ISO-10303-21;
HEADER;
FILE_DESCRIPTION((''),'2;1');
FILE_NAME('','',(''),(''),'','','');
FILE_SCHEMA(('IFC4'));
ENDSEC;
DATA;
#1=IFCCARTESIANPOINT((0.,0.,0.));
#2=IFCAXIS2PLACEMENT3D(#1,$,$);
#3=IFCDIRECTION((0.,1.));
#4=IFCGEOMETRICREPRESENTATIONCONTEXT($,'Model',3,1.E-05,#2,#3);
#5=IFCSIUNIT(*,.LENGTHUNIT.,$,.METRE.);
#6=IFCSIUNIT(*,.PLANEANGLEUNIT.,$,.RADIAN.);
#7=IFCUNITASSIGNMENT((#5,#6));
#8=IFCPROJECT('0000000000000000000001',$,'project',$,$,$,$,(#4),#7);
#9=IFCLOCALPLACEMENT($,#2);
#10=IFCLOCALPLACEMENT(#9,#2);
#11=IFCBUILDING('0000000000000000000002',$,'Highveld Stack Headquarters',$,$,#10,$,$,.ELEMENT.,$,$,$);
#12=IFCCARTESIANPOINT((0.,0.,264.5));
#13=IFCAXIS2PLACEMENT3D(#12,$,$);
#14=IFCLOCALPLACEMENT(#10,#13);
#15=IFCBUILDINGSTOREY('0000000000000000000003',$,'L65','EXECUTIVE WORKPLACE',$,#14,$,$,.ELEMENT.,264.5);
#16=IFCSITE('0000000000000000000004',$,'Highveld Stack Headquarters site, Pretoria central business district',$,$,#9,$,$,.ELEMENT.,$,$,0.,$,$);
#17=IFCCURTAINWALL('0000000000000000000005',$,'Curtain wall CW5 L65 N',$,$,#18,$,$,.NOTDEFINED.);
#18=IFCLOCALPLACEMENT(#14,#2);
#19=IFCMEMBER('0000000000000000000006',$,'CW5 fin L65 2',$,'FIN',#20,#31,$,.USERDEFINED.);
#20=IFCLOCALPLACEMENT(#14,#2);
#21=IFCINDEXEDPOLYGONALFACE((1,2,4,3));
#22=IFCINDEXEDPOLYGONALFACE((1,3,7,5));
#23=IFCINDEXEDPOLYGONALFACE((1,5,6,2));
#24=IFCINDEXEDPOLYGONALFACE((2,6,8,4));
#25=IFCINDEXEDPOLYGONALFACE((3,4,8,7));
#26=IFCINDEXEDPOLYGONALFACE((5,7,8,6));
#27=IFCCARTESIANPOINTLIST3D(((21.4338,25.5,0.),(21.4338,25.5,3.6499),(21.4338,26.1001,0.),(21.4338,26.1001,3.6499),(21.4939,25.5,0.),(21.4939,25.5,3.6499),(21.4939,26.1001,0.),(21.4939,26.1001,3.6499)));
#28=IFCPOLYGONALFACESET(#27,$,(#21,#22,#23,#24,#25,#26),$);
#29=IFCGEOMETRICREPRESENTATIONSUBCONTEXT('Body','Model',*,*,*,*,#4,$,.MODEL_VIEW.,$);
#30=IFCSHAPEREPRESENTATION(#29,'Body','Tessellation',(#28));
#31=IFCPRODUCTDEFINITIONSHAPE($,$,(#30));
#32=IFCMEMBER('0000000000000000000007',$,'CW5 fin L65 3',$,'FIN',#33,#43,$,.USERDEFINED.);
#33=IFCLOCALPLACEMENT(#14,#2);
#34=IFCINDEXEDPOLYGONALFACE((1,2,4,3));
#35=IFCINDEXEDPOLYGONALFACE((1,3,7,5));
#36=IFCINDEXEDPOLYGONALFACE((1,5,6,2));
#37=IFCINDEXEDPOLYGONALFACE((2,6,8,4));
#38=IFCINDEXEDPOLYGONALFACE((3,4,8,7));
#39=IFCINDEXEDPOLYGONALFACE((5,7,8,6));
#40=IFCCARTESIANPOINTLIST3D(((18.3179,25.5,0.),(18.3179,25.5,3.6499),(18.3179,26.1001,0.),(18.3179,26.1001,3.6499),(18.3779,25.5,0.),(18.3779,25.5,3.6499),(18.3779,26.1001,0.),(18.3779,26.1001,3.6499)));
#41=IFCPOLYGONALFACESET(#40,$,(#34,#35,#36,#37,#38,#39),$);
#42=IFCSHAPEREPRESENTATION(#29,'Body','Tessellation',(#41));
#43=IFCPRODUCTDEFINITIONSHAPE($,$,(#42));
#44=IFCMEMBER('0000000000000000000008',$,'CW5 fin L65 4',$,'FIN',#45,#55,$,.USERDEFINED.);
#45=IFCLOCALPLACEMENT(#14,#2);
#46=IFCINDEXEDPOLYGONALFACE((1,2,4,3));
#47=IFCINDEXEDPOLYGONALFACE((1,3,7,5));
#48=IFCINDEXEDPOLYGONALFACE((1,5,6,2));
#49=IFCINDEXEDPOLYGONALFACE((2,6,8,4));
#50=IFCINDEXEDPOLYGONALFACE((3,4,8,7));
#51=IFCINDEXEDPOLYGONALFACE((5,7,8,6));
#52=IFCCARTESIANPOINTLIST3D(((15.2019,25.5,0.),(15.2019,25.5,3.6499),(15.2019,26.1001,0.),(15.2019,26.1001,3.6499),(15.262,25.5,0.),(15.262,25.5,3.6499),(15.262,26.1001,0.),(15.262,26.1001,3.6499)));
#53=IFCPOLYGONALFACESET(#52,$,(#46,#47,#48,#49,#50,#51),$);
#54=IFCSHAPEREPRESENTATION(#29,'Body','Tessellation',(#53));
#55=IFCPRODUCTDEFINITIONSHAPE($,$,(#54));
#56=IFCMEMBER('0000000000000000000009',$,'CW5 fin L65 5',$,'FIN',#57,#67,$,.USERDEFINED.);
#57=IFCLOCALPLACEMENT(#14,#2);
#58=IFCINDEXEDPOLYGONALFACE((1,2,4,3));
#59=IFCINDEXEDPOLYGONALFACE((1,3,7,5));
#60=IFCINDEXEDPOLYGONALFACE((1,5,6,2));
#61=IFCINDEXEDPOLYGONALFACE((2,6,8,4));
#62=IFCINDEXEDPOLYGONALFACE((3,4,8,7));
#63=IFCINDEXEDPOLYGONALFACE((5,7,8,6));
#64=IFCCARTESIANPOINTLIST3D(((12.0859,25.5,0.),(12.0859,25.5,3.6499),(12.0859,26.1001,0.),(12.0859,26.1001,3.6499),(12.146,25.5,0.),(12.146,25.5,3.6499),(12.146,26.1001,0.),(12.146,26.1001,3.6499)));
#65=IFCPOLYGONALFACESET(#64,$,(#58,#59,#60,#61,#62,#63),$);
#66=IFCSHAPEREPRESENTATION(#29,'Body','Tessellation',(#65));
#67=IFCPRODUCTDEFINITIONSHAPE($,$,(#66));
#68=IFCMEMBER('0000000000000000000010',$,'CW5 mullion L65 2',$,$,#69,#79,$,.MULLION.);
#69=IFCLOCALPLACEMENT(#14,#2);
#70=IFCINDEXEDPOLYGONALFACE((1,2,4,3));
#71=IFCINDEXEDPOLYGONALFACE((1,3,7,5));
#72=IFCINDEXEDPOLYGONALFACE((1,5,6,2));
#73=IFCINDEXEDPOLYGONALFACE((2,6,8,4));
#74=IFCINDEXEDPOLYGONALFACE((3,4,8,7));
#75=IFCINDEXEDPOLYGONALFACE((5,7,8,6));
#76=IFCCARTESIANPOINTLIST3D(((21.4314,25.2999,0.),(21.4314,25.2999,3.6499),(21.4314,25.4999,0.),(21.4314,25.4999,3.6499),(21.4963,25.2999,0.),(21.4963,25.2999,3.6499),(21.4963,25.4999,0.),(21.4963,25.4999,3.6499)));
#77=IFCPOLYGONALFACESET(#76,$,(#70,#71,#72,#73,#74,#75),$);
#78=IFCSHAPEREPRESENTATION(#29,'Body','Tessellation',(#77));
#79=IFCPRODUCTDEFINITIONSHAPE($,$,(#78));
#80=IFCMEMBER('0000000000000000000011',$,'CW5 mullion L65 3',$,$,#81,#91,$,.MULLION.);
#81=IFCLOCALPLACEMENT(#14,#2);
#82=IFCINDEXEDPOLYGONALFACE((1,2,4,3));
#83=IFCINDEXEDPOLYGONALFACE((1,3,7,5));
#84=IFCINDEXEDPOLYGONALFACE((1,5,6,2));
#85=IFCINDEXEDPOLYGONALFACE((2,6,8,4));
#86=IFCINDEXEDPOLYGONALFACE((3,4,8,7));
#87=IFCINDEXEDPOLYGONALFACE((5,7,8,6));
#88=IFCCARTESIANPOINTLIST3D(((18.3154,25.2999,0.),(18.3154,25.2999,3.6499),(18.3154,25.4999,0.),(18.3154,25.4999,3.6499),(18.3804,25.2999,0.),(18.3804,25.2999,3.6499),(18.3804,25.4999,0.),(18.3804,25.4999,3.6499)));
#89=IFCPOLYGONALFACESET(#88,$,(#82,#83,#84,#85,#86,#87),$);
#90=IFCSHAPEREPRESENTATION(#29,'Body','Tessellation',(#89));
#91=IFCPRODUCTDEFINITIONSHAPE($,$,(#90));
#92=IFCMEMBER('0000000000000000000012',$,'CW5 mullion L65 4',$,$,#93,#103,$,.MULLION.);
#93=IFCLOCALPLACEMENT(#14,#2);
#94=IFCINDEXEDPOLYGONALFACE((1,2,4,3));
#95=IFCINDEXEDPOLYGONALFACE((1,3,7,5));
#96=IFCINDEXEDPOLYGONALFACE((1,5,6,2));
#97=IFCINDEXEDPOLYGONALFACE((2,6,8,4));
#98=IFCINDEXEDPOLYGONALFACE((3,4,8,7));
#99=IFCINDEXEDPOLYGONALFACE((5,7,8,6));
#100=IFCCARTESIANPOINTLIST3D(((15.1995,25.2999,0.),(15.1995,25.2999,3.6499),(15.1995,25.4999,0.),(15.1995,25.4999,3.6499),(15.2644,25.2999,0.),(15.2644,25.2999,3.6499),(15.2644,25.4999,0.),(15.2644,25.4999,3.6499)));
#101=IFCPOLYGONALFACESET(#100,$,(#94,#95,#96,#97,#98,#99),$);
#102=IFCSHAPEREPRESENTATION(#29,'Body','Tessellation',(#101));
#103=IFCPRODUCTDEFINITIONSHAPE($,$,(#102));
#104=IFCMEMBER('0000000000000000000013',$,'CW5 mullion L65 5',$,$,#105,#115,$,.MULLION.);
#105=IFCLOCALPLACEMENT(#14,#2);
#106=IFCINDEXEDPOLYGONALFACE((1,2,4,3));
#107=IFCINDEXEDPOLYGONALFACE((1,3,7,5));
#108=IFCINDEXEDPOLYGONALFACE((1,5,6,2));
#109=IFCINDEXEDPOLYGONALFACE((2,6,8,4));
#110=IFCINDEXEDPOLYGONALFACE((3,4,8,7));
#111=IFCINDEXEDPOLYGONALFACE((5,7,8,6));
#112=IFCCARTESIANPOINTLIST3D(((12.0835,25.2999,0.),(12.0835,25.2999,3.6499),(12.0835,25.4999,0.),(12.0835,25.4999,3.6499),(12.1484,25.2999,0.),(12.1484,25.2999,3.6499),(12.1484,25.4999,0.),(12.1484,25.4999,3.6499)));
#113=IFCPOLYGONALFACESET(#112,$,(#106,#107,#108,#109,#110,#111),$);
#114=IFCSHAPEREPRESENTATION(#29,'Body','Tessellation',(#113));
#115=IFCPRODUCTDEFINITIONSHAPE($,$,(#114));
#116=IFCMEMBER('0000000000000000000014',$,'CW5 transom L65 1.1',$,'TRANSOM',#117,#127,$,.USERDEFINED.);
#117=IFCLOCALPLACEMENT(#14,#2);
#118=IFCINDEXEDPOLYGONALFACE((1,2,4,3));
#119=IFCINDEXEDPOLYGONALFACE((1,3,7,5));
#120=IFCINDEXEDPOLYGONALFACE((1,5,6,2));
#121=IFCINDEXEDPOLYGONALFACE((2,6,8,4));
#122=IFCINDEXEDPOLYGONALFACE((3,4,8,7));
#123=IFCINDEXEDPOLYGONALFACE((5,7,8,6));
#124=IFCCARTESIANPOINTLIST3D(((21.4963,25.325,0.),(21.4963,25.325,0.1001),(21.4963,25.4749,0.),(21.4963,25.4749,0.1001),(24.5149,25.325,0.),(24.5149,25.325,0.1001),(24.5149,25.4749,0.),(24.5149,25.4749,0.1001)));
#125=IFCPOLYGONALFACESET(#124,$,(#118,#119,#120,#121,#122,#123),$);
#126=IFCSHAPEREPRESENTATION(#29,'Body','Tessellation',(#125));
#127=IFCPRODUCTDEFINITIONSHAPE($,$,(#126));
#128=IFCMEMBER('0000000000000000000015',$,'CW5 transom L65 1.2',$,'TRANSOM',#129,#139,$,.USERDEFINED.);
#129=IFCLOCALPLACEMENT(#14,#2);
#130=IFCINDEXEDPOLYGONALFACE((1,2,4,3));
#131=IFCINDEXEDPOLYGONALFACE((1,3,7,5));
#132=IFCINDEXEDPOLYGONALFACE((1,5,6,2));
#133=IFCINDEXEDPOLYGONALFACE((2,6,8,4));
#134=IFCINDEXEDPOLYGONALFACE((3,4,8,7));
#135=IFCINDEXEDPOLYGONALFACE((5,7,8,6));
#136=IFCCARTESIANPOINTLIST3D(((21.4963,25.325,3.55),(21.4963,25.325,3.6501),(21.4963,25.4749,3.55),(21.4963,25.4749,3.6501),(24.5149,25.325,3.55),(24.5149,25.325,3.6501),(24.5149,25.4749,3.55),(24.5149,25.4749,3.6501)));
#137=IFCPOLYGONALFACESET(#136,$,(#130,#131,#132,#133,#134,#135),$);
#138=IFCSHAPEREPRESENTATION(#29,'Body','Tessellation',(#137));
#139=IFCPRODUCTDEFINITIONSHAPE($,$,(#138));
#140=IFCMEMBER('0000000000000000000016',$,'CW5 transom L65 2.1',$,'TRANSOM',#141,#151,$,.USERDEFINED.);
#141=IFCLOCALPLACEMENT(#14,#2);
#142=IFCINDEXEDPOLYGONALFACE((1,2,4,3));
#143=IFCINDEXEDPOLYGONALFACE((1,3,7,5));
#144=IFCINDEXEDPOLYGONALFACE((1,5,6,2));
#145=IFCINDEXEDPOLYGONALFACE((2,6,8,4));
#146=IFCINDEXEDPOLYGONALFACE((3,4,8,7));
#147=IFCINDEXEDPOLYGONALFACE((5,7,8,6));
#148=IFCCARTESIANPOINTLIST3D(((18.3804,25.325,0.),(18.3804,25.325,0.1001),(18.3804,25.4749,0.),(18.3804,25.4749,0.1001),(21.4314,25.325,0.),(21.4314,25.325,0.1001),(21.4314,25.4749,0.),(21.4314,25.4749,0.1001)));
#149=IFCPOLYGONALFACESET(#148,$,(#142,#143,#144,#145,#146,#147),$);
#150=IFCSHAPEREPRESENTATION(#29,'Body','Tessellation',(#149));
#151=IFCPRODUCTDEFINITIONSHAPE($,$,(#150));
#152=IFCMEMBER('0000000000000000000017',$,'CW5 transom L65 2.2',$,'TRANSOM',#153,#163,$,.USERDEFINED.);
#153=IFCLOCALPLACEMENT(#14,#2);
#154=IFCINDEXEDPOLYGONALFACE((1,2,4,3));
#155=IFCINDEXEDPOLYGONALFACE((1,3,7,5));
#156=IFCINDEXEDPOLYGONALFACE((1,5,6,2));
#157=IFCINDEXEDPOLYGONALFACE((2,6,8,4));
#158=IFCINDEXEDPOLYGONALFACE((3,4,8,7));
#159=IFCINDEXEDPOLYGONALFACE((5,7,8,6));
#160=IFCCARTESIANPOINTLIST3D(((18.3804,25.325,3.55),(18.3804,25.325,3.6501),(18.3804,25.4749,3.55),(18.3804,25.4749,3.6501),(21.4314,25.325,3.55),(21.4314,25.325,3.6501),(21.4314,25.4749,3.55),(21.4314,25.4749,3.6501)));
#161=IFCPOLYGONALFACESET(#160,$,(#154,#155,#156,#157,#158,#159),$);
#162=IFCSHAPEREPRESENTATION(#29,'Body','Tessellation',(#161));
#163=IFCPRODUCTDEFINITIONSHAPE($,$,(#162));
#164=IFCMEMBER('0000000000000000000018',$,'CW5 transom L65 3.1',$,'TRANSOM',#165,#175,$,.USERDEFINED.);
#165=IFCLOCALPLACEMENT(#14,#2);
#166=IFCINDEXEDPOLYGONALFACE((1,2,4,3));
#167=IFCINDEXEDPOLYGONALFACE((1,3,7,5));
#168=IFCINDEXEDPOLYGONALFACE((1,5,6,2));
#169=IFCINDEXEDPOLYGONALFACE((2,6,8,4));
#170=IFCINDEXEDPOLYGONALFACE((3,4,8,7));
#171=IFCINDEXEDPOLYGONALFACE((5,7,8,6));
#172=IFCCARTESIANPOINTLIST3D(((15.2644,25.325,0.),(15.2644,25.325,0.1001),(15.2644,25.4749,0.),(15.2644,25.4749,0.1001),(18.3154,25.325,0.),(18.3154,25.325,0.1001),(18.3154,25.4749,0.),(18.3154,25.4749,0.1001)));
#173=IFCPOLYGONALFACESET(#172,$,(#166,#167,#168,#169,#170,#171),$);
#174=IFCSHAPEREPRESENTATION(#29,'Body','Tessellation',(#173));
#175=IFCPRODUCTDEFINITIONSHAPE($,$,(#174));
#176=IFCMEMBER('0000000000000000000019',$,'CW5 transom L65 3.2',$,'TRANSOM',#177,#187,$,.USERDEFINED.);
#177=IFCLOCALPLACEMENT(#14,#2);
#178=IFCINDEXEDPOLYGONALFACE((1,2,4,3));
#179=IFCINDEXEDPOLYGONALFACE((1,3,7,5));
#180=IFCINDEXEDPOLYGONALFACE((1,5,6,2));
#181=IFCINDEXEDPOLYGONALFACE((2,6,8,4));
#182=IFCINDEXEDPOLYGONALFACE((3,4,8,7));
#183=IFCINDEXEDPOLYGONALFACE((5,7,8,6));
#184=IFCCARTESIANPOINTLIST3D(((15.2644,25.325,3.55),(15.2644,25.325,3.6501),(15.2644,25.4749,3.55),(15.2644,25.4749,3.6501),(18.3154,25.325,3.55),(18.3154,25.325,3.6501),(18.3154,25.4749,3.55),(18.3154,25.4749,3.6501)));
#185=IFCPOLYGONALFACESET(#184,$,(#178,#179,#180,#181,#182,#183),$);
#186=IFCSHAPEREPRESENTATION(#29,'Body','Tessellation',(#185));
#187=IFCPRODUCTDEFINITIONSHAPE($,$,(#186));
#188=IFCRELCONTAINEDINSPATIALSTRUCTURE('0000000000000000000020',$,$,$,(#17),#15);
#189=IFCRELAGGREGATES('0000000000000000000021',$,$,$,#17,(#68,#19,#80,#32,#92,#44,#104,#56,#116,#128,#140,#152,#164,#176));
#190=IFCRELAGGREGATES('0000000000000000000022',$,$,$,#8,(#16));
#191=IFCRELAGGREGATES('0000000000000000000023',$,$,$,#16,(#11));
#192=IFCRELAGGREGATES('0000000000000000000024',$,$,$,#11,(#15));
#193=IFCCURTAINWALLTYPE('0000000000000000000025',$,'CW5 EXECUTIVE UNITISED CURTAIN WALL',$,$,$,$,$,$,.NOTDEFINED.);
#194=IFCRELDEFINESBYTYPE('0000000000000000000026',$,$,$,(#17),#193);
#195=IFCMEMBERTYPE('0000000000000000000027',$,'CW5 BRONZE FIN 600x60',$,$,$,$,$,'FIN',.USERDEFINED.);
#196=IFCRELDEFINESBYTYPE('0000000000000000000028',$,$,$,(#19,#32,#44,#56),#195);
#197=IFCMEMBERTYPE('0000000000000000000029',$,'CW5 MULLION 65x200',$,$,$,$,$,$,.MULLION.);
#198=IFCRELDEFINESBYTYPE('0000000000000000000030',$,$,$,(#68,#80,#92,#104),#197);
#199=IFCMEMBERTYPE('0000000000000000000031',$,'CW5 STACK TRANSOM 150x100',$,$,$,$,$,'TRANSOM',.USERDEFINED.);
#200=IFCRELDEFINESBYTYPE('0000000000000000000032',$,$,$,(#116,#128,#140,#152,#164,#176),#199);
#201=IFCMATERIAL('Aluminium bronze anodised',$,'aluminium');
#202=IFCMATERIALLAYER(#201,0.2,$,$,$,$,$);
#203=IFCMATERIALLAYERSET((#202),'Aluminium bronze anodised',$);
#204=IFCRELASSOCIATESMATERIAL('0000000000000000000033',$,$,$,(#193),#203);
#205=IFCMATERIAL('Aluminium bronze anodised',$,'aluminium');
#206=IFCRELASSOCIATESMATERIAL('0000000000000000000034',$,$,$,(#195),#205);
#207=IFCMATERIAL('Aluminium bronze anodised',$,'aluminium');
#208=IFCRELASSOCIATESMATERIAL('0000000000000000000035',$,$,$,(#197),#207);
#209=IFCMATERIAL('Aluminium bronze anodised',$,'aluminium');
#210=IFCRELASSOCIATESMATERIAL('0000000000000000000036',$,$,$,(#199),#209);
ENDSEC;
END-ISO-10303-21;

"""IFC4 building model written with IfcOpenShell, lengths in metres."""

from ifc_helpers import new_model, si_unit, direction, frame, origin, origin_2d, place, context, subcontext, project, spatial, rectangle, extrude, material, layer, layer_set, material_profile, profile_set, type_object, element, aggregate, save


model = new_model("IFC4")

# Units and contexts
model_context = context("Model", 3, precision=1e-05, world=origin(), true_north=direction((0.0, 1.0)))
body_context = subcontext(model_context, "Body", "Model", "MODEL_VIEW")
ifc_project = project(units=[si_unit("LENGTHUNIT", "METRE"), si_unit("PLANEANGLEUNIT", "RADIAN")], contexts=[model_context])

# Site, building, storey
site_placement = place(None, origin())
site = spatial("IfcSite", under=ifc_project, at=site_placement, Name="Highveld Stack Headquarters site, Pretoria central business district", CompositionType="ELEMENT", RefElevation=0.0)
building_placement = place(site_placement, origin())
building = spatial("IfcBuilding", under=site, at=building_placement, Name="Highveld Stack Headquarters", CompositionType="ELEMENT")
storey_placement = place(building_placement, frame((0.0, 0.0, 264.5)))
storey = spatial("IfcBuildingStorey", under=building, at=storey_placement, Name="L65", Description="EXECUTIVE WORKPLACE", CompositionType="ELEMENT", Elevation=264.5)

# Curtain wall, members
ifc_material_1 = material(Name="Aluminium bronze anodised", Category="aluminium")
ifc_layer_1 = layer(ifc_material_1, 0.2)
ifc_layer_set_1 = layer_set([ifc_layer_1], Name="Aluminium bronze anodised")
curtain_wall_type = type_object("IfcCurtainWallType", Name="CW5 EXECUTIVE UNITISED CURTAIN WALL", PredefinedType="NOTDEFINED", material=ifc_layer_set_1)
curtain_wall_placement = place(storey_placement, origin())
curtain_wall = element("IfcCurtainWall", 1, at=curtain_wall_placement, inside=storey, type_object=curtain_wall_type, Name="Curtain wall CW5 L65 N", PredefinedType="NOTDEFINED")
ifc_material_2 = material(Name="Aluminium bronze anodised", Category="aluminium")
ifc_material_profile_1 = material_profile(ifc_material_2, rectangle(XDim=0.6001, YDim=0.0601, at=origin_2d()), Name="FIN 600x60")
ifc_profile_set_1 = profile_set([ifc_material_profile_1], Name="Aluminium bronze anodised")
member_type_1 = type_object("IfcMemberType", Name="CW5 BRONZE FIN 600x60", ElementType="FIN", PredefinedType="USERDEFINED", material=ifc_profile_set_1)
member_1_placement = place(storey_placement, frame((21.4639, 25.8, 0.0), z_axis=(0.0, 0.0, 1.0), x_axis=(0.0, -1.0, 0.0)))
member_1 = element("IfcMember", 2, at=member_1_placement, type_object=member_type_1, Name="CW5 fin L65 2", ObjectType="FIN", PredefinedType="USERDEFINED", context=body_context, shape_type="SweptSolid", body=[
    extrude(rectangle(XDim=0.6001, YDim=0.0601, at=origin_2d()), origin(), (0.0, 0.0, 1.0), 3.6499),
])
member_2_placement = place(storey_placement, frame((18.3479, 25.8, 0.0), z_axis=(0.0, 0.0, 1.0), x_axis=(0.0, -1.0, 0.0)))
member_2 = element("IfcMember", 3, at=member_2_placement, type_object=member_type_1, Name="CW5 fin L65 3", ObjectType="FIN", PredefinedType="USERDEFINED", context=body_context, shape_type="SweptSolid", body=[
    extrude(rectangle(XDim=0.6001, YDim=0.0601, at=origin_2d()), origin(), (0.0, 0.0, 1.0), 3.6499),
])
member_3_placement = place(storey_placement, frame((15.2319, 25.8, 0.0), z_axis=(0.0, 0.0, 1.0), x_axis=(0.0, -1.0, 0.0)))
member_3 = element("IfcMember", 4, at=member_3_placement, type_object=member_type_1, Name="CW5 fin L65 4", ObjectType="FIN", PredefinedType="USERDEFINED", context=body_context, shape_type="SweptSolid", body=[
    extrude(rectangle(XDim=0.6001, YDim=0.0601, at=origin_2d()), origin(), (0.0, 0.0, 1.0), 3.6499),
])
member_4_placement = place(storey_placement, frame((12.116, 25.8, 0.0), z_axis=(0.0, 0.0, 1.0), x_axis=(0.0, -1.0, 0.0)))
member_4 = element("IfcMember", 5, at=member_4_placement, type_object=member_type_1, Name="CW5 fin L65 5", ObjectType="FIN", PredefinedType="USERDEFINED", context=body_context, shape_type="SweptSolid", body=[
    extrude(rectangle(XDim=0.6001, YDim=0.0601, at=origin_2d()), origin(), (0.0, 0.0, 1.0), 3.6499),
])
ifc_material_3 = material(Name="Aluminium bronze anodised", Category="aluminium")
ifc_material_profile_2 = material_profile(ifc_material_3, rectangle(XDim=0.2, YDim=0.0649, at=origin_2d()), Name="CW5 MULLION 65x200")
ifc_profile_set_2 = profile_set([ifc_material_profile_2], Name="Aluminium bronze anodised")
member_type_2 = type_object("IfcMemberType", Name="CW5 MULLION 65x200", PredefinedType="MULLION", material=ifc_profile_set_2)
member_5_placement = place(storey_placement, frame((21.4639, 25.3999, 0.0), z_axis=(0.0, 0.0, 1.0), x_axis=(0.0, -1.0, 0.0)))
member_5 = element("IfcMember", 6, at=member_5_placement, type_object=member_type_2, Name="CW5 mullion L65 2", PredefinedType="MULLION", context=body_context, shape_type="SweptSolid", body=[
    extrude(rectangle(XDim=0.2, YDim=0.0649, at=origin_2d()), origin(), (0.0, 0.0, 1.0), 3.6499),
])
member_6_placement = place(storey_placement, frame((18.3479, 25.3999, 0.0), z_axis=(0.0, 0.0, 1.0), x_axis=(0.0, -1.0, 0.0)))
member_6 = element("IfcMember", 7, at=member_6_placement, type_object=member_type_2, Name="CW5 mullion L65 3", PredefinedType="MULLION", context=body_context, shape_type="SweptSolid", body=[
    extrude(rectangle(XDim=0.2, YDim=0.0649, at=origin_2d()), origin(), (0.0, 0.0, 1.0), 3.6499),
])
member_7_placement = place(storey_placement, frame((15.2319, 25.3999, 0.0), z_axis=(0.0, 0.0, 1.0), x_axis=(0.0, -1.0, 0.0)))
member_7 = element("IfcMember", 8, at=member_7_placement, type_object=member_type_2, Name="CW5 mullion L65 4", PredefinedType="MULLION", context=body_context, shape_type="SweptSolid", body=[
    extrude(rectangle(XDim=0.2, YDim=0.0649, at=origin_2d()), origin(), (0.0, 0.0, 1.0), 3.6499),
])
member_8_placement = place(storey_placement, frame((12.116, 25.3999, 0.0), z_axis=(0.0, 0.0, 1.0), x_axis=(0.0, -1.0, 0.0)))
member_8 = element("IfcMember", 9, at=member_8_placement, type_object=member_type_2, Name="CW5 mullion L65 5", PredefinedType="MULLION", context=body_context, shape_type="SweptSolid", body=[
    extrude(rectangle(XDim=0.2, YDim=0.0649, at=origin_2d()), origin(), (0.0, 0.0, 1.0), 3.6499),
])
ifc_material_4 = material(Name="Aluminium bronze anodised", Category="aluminium")
ifc_material_profile_3 = material_profile(ifc_material_4, rectangle(XDim=0.1499, YDim=0.1001, at=origin_2d()), Name="CW5 TRANSOM 150x100")
ifc_profile_set_3 = profile_set([ifc_material_profile_3], Name="Aluminium bronze anodised")
member_type_3 = type_object("IfcMemberType", Name="CW5 STACK TRANSOM 150x100", ElementType="TRANSOM", PredefinedType="USERDEFINED", material=ifc_profile_set_3)
member_9_placement = place(storey_placement, frame((24.5149, 25.3999, 0.05), z_axis=(-1.0, 0.0, 0.0), x_axis=(0.0, -1.0, 0.0)))
member_9 = element("IfcMember", 10, at=member_9_placement, type_object=member_type_3, Name="CW5 transom L65 1.1", ObjectType="TRANSOM", PredefinedType="USERDEFINED", context=body_context, shape_type="SweptSolid", body=[
    extrude(rectangle(XDim=0.1499, YDim=0.1001, at=origin_2d()), origin(), (0.0, 0.0, 1.0), 3.0186),
])
member_10_placement = place(storey_placement, frame((24.5149, 25.3999, 3.6001), z_axis=(-1.0, 0.0, 0.0), x_axis=(0.0, -1.0, 0.0)))
member_10 = element("IfcMember", 11, at=member_10_placement, type_object=member_type_3, Name="CW5 transom L65 1.2", ObjectType="TRANSOM", PredefinedType="USERDEFINED", context=body_context, shape_type="SweptSolid", body=[
    extrude(rectangle(XDim=0.1499, YDim=0.1001, at=origin_2d()), origin(), (0.0, 0.0, 1.0), 3.0186),
])
member_11_placement = place(storey_placement, frame((21.4314, 25.3999, 0.05), z_axis=(-1.0, 0.0, 0.0), x_axis=(0.0, -1.0, 0.0)))
member_11 = element("IfcMember", 12, at=member_11_placement, type_object=member_type_3, Name="CW5 transom L65 2.1", ObjectType="TRANSOM", PredefinedType="USERDEFINED", context=body_context, shape_type="SweptSolid", body=[
    extrude(rectangle(XDim=0.1499, YDim=0.1001, at=origin_2d()), origin(), (0.0, 0.0, 1.0), 3.051),
])
member_12_placement = place(storey_placement, frame((21.4314, 25.3999, 3.6001), z_axis=(-1.0, 0.0, 0.0), x_axis=(0.0, -1.0, 0.0)))
member_12 = element("IfcMember", 13, at=member_12_placement, type_object=member_type_3, Name="CW5 transom L65 2.2", ObjectType="TRANSOM", PredefinedType="USERDEFINED", context=body_context, shape_type="SweptSolid", body=[
    extrude(rectangle(XDim=0.1499, YDim=0.1001, at=origin_2d()), origin(), (0.0, 0.0, 1.0), 3.051),
])
member_13_placement = place(storey_placement, frame((18.3154, 25.3999, 0.05), z_axis=(-1.0, 0.0, 0.0), x_axis=(0.0, -1.0, 0.0)))
member_13 = element("IfcMember", 14, at=member_13_placement, type_object=member_type_3, Name="CW5 transom L65 3.1", ObjectType="TRANSOM", PredefinedType="USERDEFINED", context=body_context, shape_type="SweptSolid", body=[
    extrude(rectangle(XDim=0.1499, YDim=0.1001, at=origin_2d()), origin(), (0.0, 0.0, 1.0), 3.051),
])
member_14_placement = place(storey_placement, frame((18.3154, 25.3999, 3.6001), z_axis=(-1.0, 0.0, 0.0), x_axis=(0.0, -1.0, 0.0)))
member_14 = element("IfcMember", 15, at=member_14_placement, type_object=member_type_3, Name="CW5 transom L65 3.2", ObjectType="TRANSOM", PredefinedType="USERDEFINED", context=body_context, shape_type="SweptSolid", body=[
    extrude(rectangle(XDim=0.1499, YDim=0.1001, at=origin_2d()), origin(), (0.0, 0.0, 1.0), 3.051),
])
aggregate(curtain_wall, [member_5, member_1, member_6, member_2, member_7, member_3, member_8, member_4, member_9, member_10, member_11, member_12, member_13, member_14])

save(model, "model.ifc")
